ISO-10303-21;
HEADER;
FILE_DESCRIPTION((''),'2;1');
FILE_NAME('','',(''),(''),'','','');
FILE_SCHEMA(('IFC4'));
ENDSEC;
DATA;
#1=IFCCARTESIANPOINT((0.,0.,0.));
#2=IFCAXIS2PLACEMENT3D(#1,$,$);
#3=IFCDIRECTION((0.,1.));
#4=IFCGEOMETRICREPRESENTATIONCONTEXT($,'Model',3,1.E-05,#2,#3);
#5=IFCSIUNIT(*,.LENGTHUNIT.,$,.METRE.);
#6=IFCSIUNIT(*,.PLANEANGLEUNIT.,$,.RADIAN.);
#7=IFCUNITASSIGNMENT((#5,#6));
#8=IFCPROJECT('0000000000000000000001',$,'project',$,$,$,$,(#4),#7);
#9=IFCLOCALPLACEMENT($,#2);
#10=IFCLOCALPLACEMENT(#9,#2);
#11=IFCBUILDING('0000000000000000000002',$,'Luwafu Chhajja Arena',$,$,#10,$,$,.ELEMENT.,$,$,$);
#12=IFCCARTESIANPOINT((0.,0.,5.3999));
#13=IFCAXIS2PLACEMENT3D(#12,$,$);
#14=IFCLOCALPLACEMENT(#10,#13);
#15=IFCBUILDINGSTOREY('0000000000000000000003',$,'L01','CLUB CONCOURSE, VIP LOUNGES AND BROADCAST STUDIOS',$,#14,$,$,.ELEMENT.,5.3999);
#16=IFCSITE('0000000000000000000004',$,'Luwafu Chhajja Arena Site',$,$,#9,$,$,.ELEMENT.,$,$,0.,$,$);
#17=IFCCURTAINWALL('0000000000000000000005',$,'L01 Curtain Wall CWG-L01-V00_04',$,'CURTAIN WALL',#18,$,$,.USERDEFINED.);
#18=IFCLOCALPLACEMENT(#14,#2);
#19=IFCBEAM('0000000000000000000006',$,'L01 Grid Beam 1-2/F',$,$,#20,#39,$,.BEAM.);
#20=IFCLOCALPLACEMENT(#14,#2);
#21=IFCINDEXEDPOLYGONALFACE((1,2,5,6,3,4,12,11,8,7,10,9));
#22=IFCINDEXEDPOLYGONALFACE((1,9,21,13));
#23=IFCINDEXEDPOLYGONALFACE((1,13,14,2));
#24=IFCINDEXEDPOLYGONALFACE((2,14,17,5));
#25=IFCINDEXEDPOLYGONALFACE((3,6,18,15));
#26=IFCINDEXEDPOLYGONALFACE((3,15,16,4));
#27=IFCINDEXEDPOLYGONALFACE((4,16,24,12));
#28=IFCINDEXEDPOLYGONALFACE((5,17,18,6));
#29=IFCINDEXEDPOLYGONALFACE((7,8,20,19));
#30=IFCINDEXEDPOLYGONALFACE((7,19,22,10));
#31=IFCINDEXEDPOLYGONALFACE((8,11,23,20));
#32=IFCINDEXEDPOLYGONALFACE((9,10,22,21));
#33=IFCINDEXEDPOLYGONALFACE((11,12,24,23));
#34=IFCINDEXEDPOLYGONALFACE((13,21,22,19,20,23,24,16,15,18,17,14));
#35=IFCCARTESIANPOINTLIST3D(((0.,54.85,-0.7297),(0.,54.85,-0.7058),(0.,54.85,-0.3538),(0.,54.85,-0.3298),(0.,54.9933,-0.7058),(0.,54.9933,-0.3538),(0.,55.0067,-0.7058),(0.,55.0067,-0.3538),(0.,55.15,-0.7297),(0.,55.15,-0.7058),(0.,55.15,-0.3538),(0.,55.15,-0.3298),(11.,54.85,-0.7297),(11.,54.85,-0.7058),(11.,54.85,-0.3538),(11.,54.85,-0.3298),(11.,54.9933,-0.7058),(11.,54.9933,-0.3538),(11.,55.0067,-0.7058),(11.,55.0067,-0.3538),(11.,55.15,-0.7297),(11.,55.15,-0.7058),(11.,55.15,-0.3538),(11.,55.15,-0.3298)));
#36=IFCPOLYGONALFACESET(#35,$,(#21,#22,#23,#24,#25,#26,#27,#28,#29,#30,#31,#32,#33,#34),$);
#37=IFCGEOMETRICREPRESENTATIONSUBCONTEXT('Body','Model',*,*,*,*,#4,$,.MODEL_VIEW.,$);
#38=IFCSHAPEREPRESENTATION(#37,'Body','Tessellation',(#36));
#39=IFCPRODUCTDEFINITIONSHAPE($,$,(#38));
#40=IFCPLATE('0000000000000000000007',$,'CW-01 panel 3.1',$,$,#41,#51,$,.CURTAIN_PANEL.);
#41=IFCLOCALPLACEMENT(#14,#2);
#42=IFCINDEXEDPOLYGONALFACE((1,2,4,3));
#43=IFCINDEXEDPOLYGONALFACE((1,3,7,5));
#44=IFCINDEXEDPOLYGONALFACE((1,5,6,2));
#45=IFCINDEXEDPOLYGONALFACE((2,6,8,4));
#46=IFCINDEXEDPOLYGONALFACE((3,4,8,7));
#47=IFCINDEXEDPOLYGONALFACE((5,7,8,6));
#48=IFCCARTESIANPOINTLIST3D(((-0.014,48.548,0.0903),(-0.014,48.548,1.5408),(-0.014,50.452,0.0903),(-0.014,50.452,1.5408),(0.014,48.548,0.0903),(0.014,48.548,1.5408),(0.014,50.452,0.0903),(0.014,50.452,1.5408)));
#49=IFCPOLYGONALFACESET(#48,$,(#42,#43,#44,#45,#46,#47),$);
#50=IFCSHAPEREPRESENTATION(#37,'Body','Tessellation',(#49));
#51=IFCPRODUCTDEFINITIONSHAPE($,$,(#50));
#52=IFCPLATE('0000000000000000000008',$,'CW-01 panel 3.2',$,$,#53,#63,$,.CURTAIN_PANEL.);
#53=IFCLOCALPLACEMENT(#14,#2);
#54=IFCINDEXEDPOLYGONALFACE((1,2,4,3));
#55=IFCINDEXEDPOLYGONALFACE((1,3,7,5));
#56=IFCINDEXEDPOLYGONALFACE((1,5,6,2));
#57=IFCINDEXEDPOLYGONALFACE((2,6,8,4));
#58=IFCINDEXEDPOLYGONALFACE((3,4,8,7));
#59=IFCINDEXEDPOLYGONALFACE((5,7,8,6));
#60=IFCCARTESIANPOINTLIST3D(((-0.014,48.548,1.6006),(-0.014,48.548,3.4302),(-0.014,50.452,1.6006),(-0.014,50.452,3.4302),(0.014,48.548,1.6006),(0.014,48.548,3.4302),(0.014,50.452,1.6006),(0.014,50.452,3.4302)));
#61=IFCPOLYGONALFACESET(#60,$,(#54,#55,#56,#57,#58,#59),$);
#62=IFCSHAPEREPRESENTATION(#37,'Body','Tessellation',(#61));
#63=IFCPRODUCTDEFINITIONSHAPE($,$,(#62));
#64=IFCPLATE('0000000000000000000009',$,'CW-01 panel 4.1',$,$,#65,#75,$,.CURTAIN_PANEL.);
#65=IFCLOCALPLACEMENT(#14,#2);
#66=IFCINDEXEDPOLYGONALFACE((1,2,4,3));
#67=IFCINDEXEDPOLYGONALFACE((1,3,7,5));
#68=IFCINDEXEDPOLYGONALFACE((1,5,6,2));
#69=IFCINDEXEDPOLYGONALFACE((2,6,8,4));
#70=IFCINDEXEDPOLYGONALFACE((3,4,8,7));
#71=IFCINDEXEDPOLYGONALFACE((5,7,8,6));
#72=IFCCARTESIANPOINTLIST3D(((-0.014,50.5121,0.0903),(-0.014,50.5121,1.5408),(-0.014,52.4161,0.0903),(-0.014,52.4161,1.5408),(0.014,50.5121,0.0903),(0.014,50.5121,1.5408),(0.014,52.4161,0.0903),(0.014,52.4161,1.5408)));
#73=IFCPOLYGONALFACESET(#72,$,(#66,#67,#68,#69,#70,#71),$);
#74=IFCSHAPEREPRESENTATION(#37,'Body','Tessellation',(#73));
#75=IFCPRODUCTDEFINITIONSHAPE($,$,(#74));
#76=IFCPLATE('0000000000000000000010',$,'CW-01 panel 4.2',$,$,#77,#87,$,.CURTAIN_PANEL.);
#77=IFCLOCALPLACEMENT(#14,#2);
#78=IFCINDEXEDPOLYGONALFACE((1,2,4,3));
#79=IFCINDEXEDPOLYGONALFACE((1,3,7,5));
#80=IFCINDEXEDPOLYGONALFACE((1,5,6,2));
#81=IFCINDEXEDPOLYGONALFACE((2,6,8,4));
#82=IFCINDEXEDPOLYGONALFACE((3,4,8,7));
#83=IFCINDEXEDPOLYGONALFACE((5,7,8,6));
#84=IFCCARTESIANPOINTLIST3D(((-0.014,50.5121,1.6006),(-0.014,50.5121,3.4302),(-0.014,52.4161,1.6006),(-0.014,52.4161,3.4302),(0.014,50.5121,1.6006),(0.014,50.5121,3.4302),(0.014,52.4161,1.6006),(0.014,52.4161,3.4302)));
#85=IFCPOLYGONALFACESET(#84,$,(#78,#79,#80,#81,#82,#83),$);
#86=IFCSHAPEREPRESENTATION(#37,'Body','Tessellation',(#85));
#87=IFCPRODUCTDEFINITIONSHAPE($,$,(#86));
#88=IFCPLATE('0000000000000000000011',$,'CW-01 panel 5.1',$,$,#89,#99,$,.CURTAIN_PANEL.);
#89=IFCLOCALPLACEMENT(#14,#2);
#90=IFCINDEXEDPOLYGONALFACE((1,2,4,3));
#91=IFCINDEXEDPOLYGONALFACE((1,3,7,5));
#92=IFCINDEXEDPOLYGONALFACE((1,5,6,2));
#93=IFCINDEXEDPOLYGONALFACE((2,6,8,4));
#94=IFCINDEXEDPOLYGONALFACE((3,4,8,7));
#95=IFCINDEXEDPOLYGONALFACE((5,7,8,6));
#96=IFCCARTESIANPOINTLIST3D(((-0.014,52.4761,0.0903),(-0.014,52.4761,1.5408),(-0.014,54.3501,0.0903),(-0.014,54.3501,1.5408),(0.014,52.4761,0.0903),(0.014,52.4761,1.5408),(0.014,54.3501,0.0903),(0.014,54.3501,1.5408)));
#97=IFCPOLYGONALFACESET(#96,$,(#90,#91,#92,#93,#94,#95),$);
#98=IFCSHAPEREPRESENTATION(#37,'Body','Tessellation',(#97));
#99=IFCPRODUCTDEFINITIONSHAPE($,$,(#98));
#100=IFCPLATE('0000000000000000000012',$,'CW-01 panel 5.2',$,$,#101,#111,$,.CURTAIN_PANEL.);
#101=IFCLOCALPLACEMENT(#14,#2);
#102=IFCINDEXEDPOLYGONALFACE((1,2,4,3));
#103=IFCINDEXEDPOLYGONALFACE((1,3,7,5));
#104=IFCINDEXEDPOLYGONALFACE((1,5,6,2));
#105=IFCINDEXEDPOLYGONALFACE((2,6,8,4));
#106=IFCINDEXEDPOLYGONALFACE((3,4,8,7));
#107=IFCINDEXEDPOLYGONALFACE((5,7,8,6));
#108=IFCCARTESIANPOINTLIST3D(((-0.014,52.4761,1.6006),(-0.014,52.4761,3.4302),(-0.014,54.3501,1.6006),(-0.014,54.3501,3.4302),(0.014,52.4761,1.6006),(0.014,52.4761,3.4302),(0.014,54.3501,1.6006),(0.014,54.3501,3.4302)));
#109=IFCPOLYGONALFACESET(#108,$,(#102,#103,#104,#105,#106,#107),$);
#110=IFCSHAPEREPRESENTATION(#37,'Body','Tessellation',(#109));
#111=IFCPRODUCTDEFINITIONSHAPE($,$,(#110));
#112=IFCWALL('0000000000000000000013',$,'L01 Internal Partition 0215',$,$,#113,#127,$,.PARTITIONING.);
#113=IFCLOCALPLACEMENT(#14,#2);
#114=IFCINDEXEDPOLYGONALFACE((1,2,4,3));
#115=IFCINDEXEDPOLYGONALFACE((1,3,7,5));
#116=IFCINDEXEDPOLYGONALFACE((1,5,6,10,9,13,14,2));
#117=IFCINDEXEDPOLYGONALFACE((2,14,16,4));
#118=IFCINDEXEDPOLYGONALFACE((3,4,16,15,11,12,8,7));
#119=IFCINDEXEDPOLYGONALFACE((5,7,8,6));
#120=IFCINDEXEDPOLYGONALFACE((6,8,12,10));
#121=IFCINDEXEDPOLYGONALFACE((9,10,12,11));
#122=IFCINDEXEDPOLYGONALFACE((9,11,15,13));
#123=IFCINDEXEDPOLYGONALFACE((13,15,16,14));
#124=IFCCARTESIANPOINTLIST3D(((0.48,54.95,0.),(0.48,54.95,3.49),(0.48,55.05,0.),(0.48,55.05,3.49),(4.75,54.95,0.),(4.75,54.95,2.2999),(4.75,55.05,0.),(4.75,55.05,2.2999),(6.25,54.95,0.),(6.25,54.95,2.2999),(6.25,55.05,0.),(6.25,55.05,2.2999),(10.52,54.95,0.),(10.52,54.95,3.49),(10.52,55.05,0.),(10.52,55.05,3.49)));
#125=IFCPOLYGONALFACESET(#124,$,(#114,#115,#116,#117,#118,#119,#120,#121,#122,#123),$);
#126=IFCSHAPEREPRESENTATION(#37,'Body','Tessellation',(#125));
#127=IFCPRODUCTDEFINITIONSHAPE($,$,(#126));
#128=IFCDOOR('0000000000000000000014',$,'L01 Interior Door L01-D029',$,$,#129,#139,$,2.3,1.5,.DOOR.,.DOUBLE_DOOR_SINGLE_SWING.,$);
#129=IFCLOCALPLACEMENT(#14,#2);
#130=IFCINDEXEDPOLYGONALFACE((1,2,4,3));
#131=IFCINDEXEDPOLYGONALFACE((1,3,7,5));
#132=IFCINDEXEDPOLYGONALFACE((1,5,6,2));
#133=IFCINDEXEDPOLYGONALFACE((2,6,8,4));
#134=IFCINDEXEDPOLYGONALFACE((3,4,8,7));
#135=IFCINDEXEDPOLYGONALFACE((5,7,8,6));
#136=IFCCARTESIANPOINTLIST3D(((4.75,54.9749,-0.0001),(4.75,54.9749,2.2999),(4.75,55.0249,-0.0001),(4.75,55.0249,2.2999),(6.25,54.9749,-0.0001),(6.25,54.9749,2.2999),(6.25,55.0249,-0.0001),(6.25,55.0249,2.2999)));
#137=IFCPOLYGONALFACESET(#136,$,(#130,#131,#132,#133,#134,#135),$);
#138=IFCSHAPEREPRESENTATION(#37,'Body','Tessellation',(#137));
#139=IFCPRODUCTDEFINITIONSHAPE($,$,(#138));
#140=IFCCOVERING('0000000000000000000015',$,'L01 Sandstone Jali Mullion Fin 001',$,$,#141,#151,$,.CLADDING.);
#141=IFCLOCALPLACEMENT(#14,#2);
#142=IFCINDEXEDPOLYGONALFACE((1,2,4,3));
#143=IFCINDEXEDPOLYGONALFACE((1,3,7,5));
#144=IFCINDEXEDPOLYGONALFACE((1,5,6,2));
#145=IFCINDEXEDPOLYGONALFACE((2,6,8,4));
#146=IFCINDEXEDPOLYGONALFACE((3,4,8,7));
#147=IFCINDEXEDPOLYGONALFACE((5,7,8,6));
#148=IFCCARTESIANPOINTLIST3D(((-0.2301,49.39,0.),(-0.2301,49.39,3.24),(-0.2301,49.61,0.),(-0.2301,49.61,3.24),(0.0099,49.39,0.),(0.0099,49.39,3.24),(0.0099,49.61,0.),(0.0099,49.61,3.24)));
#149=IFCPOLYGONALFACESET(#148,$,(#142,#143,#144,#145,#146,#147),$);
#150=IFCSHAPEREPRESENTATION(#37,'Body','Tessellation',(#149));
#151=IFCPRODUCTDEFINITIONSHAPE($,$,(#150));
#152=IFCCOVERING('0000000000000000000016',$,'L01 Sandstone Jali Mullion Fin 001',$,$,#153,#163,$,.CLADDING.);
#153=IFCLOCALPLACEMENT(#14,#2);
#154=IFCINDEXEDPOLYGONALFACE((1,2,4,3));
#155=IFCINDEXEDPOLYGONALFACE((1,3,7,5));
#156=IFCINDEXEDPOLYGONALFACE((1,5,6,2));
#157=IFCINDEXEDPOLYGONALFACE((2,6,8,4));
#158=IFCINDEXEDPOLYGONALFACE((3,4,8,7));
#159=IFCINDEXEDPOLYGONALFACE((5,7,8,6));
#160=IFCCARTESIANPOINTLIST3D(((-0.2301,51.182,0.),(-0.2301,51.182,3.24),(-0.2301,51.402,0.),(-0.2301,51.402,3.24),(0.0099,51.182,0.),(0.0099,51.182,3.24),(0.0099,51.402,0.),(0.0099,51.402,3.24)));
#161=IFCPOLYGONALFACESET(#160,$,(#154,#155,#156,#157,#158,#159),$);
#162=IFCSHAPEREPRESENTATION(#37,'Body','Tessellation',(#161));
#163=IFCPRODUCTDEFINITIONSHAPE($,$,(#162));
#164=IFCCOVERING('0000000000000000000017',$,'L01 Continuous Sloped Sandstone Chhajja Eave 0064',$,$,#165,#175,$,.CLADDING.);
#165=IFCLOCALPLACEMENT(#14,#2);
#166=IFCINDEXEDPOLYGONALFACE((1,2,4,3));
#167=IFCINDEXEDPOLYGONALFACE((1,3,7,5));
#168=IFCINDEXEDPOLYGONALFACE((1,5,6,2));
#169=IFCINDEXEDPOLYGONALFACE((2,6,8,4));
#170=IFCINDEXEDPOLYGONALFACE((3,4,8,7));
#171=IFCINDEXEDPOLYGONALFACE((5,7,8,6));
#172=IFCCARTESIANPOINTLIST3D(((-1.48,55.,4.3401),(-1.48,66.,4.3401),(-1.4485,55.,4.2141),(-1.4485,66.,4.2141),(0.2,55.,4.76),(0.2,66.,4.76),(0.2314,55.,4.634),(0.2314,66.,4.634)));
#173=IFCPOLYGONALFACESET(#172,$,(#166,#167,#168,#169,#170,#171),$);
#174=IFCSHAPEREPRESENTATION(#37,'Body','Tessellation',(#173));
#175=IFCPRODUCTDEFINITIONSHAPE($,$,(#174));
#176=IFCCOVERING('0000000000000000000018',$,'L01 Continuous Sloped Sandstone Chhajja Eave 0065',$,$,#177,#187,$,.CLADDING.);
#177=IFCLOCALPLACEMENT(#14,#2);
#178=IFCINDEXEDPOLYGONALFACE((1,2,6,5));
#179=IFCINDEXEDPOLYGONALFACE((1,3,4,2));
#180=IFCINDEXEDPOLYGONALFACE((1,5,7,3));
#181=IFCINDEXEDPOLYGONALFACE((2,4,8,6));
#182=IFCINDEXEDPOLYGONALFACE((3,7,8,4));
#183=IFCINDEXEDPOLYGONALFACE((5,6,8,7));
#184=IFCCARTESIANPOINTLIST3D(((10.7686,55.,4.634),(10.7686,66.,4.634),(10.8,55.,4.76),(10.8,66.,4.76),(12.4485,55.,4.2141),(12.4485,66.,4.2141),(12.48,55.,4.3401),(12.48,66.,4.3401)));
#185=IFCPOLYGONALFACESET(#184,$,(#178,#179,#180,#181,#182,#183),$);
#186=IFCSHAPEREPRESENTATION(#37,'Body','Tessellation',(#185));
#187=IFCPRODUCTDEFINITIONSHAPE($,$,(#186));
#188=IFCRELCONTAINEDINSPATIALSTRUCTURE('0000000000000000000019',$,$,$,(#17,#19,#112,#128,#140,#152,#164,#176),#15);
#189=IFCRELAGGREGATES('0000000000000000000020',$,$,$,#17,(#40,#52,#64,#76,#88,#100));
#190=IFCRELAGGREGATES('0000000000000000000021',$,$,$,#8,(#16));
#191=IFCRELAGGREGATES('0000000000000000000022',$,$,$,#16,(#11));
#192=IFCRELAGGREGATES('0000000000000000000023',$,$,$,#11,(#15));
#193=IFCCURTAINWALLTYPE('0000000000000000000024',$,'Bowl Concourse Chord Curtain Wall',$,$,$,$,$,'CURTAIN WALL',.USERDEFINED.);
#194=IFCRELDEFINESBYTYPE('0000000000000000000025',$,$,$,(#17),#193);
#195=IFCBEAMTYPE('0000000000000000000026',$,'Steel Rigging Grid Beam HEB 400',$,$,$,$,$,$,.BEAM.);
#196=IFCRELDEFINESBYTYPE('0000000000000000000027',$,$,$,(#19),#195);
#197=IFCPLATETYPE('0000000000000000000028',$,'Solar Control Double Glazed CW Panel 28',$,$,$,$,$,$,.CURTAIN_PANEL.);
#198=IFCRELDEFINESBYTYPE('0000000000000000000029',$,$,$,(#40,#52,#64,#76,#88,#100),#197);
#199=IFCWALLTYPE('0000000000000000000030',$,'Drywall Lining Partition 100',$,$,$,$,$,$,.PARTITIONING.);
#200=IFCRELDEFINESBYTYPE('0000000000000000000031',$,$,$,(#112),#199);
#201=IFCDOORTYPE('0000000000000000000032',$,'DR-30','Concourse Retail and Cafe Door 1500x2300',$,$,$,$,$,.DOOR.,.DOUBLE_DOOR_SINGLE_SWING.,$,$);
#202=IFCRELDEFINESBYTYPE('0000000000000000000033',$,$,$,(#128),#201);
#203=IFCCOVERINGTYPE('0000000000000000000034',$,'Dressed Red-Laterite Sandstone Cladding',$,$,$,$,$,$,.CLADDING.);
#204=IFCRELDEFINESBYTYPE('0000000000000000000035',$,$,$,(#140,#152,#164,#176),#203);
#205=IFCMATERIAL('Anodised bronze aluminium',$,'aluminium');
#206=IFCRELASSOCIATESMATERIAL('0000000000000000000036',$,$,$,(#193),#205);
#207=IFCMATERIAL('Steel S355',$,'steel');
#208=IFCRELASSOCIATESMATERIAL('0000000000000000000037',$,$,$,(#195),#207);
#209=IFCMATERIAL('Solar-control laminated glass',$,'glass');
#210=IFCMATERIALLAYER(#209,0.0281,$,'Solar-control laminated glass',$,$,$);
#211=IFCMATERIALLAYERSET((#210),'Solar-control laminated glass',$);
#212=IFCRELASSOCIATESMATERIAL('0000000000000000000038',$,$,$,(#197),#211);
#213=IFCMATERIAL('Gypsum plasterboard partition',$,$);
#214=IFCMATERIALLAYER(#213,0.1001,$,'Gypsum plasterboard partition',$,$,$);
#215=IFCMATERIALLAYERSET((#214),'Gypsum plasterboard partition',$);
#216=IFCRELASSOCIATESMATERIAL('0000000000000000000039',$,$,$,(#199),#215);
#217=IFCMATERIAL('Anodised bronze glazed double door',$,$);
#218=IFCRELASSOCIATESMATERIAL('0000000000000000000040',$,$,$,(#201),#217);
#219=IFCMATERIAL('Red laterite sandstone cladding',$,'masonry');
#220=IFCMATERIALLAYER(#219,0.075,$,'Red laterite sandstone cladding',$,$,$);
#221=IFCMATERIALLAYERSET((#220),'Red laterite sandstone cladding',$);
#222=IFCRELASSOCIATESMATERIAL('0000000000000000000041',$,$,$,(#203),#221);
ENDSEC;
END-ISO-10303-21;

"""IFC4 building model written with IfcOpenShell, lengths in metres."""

from ifc_helpers import new_model, si_unit, direction, frame, frame_2d, origin, origin_2d, place, context, subcontext, project, spatial, polyline, rectangle, i_section, outline, extrude, material, layer, layer_set, material_profile, profile_set, type_object, element, fill, aggregate, save


model = new_model("IFC4")

# Units and contexts
model_context = context("Model", 3, precision=1e-05, world=origin(), true_north=direction((0.0, 1.0)))
body_context = subcontext(model_context, "Body", "Model", "MODEL_VIEW")
ifc_project = project(units=[si_unit("LENGTHUNIT", "METRE"), si_unit("PLANEANGLEUNIT", "RADIAN")], contexts=[model_context])

# Site, building, storey
site_placement = place(None, origin())
site = spatial("IfcSite", under=ifc_project, at=site_placement, Name="Luwafu Chhajja Arena Site", CompositionType="ELEMENT", RefElevation=0.0)
building_placement = place(site_placement, origin())
building = spatial("IfcBuilding", under=site, at=building_placement, Name="Luwafu Chhajja Arena", CompositionType="ELEMENT")
storey_placement = place(building_placement, frame((0.0, 0.0, 5.3999)))
storey = spatial("IfcBuildingStorey", under=building, at=storey_placement, Name="L01", Description="CLUB CONCOURSE, VIP LOUNGES AND BROADCAST STUDIOS", CompositionType="ELEMENT", Elevation=5.3999)

# Curtain wall
ifc_material_1 = material(Name="Anodised bronze aluminium", Category="aluminium")
curtain_wall_type = type_object("IfcCurtainWallType", Name="Bowl Concourse Chord Curtain Wall", ElementType="CURTAIN WALL", PredefinedType="USERDEFINED", material=ifc_material_1)
curtain_wall_placement = place(storey_placement, origin())
curtain_wall = element("IfcCurtainWall", 1, at=curtain_wall_placement, inside=storey, type_object=curtain_wall_type, Name="L01 Curtain Wall CWG-L01-V00_04", ObjectType="CURTAIN WALL", PredefinedType="USERDEFINED")

# Beam
ifc_material_2 = material(Name="Steel S355", Category="steel")
ifc_material_profile_1 = material_profile(ifc_material_2, i_section(OverallWidth=0.3, OverallDepth=0.3999, WebThickness=0.0134, FlangeThickness=0.0239, at=origin_2d()), Name="HEB 400")
ifc_profile_set_1 = profile_set([ifc_material_profile_1], Name="Steel S355")
beam_type_1 = type_object("IfcBeamType", Name="Steel Rigging Grid Beam HEB 400", PredefinedType="BEAM", material=ifc_profile_set_1)
beam_1_placement = place(storey_placement, frame((0.0, 55.0, -0.5298), z_axis=(1.0, 0.0, 0.0), x_axis=(0.0, 1.0, 0.0)))
element("IfcBeam", 2, at=beam_1_placement, inside=storey, type_object=beam_type_1, Name="L01 Grid Beam 1-2/F", PredefinedType="BEAM", context=body_context, shape_type="SweptSolid", body=[
    extrude(i_section(OverallWidth=0.3, OverallDepth=0.3999, WebThickness=0.0134, FlangeThickness=0.0239, at=origin_2d()), origin(), (0.0, 0.0, 1.0), 11.0),
])

# Plates
ifc_material_3 = material(Name="Solar-control laminated glass", Category="glass")
ifc_layer_1 = layer(ifc_material_3, 0.0281, Name="Solar-control laminated glass")
ifc_layer_set_1 = layer_set([ifc_layer_1], Name="Solar-control laminated glass")
plate_type = type_object("IfcPlateType", Name="Solar Control Double Glazed CW Panel 28", PredefinedType="CURTAIN_PANEL", material=ifc_layer_set_1)
plate_1_placement = place(storey_placement, frame((0.0, 49.5, 0.0903), z_axis=(0.0, 0.0, 1.0), x_axis=(0.0, 1.0, 0.0)))
plate_1 = element("IfcPlate", 3, at=plate_1_placement, type_object=plate_type, Name="CW-01 panel 3.1", PredefinedType="CURTAIN_PANEL", context=body_context, shape_type="SweptSolid", body=[
    extrude(rectangle(XDim=1.9041, YDim=0.0281, at=origin_2d()), origin(), (0.0, 0.0, 1.0), 1.4504),
])
plate_2_placement = place(storey_placement, frame((0.0, 49.5, 1.6006), z_axis=(0.0, 0.0, 1.0), x_axis=(0.0, 1.0, 0.0)))
plate_2 = element("IfcPlate", 4, at=plate_2_placement, type_object=plate_type, Name="CW-01 panel 3.2", PredefinedType="CURTAIN_PANEL", context=body_context, shape_type="SweptSolid", body=[
    extrude(rectangle(XDim=1.9041, YDim=0.0281, at=origin_2d()), origin(), (0.0, 0.0, 1.0), 1.8296),
])
plate_3_placement = place(storey_placement, frame((0.0, 51.4641, 0.0903), z_axis=(0.0, 0.0, 1.0), x_axis=(0.0, 1.0, 0.0)))
plate_3 = element("IfcPlate", 5, at=plate_3_placement, type_object=plate_type, Name="CW-01 panel 4.1", PredefinedType="CURTAIN_PANEL", context=body_context, shape_type="SweptSolid", body=[
    extrude(rectangle(XDim=1.9041, YDim=0.0281, at=origin_2d()), origin(), (0.0, 0.0, 1.0), 1.4504),
])
plate_4_placement = place(storey_placement, frame((0.0, 51.4641, 1.6006), z_axis=(0.0, 0.0, 1.0), x_axis=(0.0, 1.0, 0.0)))
plate_4 = element("IfcPlate", 6, at=plate_4_placement, type_object=plate_type, Name="CW-01 panel 4.2", PredefinedType="CURTAIN_PANEL", context=body_context, shape_type="SweptSolid", body=[
    extrude(rectangle(XDim=1.9041, YDim=0.0281, at=origin_2d()), origin(), (0.0, 0.0, 1.0), 1.8296),
])
plate_5_placement = place(storey_placement, frame((0.0, 53.4131, 0.0903), z_axis=(0.0, 0.0, 1.0), x_axis=(0.0, 1.0, 0.0)))
plate_5 = element("IfcPlate", 7, at=plate_5_placement, type_object=plate_type, Name="CW-01 panel 5.1", PredefinedType="CURTAIN_PANEL", context=body_context, shape_type="SweptSolid", body=[
    extrude(rectangle(XDim=1.874, YDim=0.0281, at=origin_2d()), origin(), (0.0, 0.0, 1.0), 1.4504),
])
plate_6_placement = place(storey_placement, frame((0.0, 53.4131, 1.6006), z_axis=(0.0, 0.0, 1.0), x_axis=(0.0, 1.0, 0.0)))
plate_6 = element("IfcPlate", 8, at=plate_6_placement, type_object=plate_type, Name="CW-01 panel 5.2", PredefinedType="CURTAIN_PANEL", context=body_context, shape_type="SweptSolid", body=[
    extrude(rectangle(XDim=1.874, YDim=0.0281, at=origin_2d()), origin(), (0.0, 0.0, 1.0), 1.8296),
])
aggregate(curtain_wall, [plate_1, plate_2, plate_3, plate_4, plate_5, plate_6])

# Wall, opening, door
ifc_material_4 = material(Name="Gypsum plasterboard partition")
ifc_layer_2 = layer(ifc_material_4, 0.1001, Name="Gypsum plasterboard partition")
ifc_layer_set_2 = layer_set([ifc_layer_2], Name="Gypsum plasterboard partition")
wall_type = type_object("IfcWallType", Name="Drywall Lining Partition 100", PredefinedType="PARTITIONING", material=ifc_layer_set_2)
wall_placement = place(storey_placement, frame((0.48, 55.0, 0.0), z_axis=(0.0, 0.0, 1.0), x_axis=(1.0, 0.0, 0.0)))
wall = element("IfcWall", 9, at=wall_placement, inside=storey, type_object=wall_type, Name="L01 Internal Partition 0215", PredefinedType="PARTITIONING", context=body_context, shape_type="SweptSolid", body=[
    extrude(rectangle(XDim=10.04, YDim=0.1001, at=frame_2d((5.02, 0.0))), origin(), (0.0, 0.0, 1.0), 3.49),
])
opening_placement = place(wall_placement, frame((4.27, 0.0, 0.0)))
opening = element("IfcOpeningElement", 10, at=opening_placement, cuts=wall, PredefinedType="OPENING", context=body_context, shape_type="SweptSolid", body=[
    extrude(rectangle(XDim=1.5, YDim=2.3, at=frame_2d((0.75, 1.1499))), frame((0.0, 0.0601, 0.0), z_axis=(0.0, -1.0, 0.0), x_axis=(1.0, 0.0, 0.0)), (0.0, 0.0, 1.0), 0.1201),
])
ifc_material_5 = material(Name="Anodised bronze glazed double door")
door_type = type_object("IfcDoorType", Name="DR-30", Description="Concourse Retail and Cafe Door 1500x2300", OperationType="DOUBLE_DOOR_SINGLE_SWING", PredefinedType="DOOR", material=ifc_material_5)
door_placement = place(opening_placement, origin())
door = element("IfcDoor", 11, at=door_placement, inside=storey, type_object=door_type, Name="L01 Interior Door L01-D029", OperationType="DOUBLE_DOOR_SINGLE_SWING", OverallHeight=2.3, OverallWidth=1.5, PredefinedType="DOOR", context=body_context, shape_type="SweptSolid", body=[
    extrude(rectangle(XDim=1.5, YDim=2.3, at=frame_2d((0.75, 1.1499))), frame((0.0, 0.0249, 0.0), z_axis=(0.0, -1.0, 0.0), x_axis=(1.0, 0.0, 0.0)), (0.0, 0.0, 1.0), 0.05),
])
fill(opening, door)

# Coverings
ifc_material_6 = material(Name="Red laterite sandstone cladding", Category="masonry")
ifc_layer_3 = layer(ifc_material_6, 0.075, Name="Red laterite sandstone cladding")
ifc_layer_set_3 = layer_set([ifc_layer_3], Name="Red laterite sandstone cladding")
covering_type = type_object("IfcCoveringType", Name="Dressed Red-Laterite Sandstone Cladding", PredefinedType="CLADDING", material=ifc_layer_set_3)
for number, where, z_axis, x_axis, name in (
    (12, (-0.1101, 49.5, 0.0), (0.0, 0.0, 1.0), (0.0, 1.0, 0.0), "L01 Sandstone Jali Mullion Fin 001"),
    (13, (-0.1101, 51.292, 0.0), (0.0, 0.0, 1.0), (0.0, 1.0, 0.0), "L01 Sandstone Jali Mullion Fin 001"),
):
    element("IfcCovering", number, at=place(storey_placement, frame(where, z_axis=z_axis, x_axis=x_axis)), inside=storey, type_object=covering_type, Name=name, PredefinedType="CLADDING", context=body_context, shape_type="SweptSolid", body=[
        extrude(rectangle(XDim=0.22, YDim=0.24, at=origin_2d()), origin(), (0.0, 0.0, 1.0), 3.24),
    ])
covering_1_placement = place(storey_placement, frame((0.2, 55.0, 4.76), z_axis=(-0.242502, 0.0, 0.970151), x_axis=(0.0, 1.0, 0.0)))
element("IfcCovering", 14, at=covering_1_placement, inside=storey, type_object=covering_type, Name="L01 Continuous Sloped Sandstone Chhajja Eave 0064", PredefinedType="CLADDING", context=body_context, shape_type="SweptSolid", body=[
    extrude(outline(polyline([(0.0, 0.0), (11.0, 0.0), (11.0, 1.7316), (0.0, 1.7316), (0.0, 0.0)])), origin(), (0.0, 0.0, -1.0), 0.1299),
])
covering_2_placement = place(storey_placement, frame((10.8, 55.0, 4.76), z_axis=(0.242502, 0.0, 0.970151), x_axis=(0.0, 1.0, 0.0)))
element("IfcCovering", 15, at=covering_2_placement, inside=storey, type_object=covering_type, Name="L01 Continuous Sloped Sandstone Chhajja Eave 0065", PredefinedType="CLADDING", context=body_context, shape_type="SweptSolid", body=[
    extrude(outline(polyline([(0.0, 0.0), (11.0, 0.0), (11.0, -1.7316), (0.0, -1.7316), (0.0, 0.0)])), origin(), (0.0, 0.0, -1.0), 0.1299),
])

save(model, "model.ifc")
